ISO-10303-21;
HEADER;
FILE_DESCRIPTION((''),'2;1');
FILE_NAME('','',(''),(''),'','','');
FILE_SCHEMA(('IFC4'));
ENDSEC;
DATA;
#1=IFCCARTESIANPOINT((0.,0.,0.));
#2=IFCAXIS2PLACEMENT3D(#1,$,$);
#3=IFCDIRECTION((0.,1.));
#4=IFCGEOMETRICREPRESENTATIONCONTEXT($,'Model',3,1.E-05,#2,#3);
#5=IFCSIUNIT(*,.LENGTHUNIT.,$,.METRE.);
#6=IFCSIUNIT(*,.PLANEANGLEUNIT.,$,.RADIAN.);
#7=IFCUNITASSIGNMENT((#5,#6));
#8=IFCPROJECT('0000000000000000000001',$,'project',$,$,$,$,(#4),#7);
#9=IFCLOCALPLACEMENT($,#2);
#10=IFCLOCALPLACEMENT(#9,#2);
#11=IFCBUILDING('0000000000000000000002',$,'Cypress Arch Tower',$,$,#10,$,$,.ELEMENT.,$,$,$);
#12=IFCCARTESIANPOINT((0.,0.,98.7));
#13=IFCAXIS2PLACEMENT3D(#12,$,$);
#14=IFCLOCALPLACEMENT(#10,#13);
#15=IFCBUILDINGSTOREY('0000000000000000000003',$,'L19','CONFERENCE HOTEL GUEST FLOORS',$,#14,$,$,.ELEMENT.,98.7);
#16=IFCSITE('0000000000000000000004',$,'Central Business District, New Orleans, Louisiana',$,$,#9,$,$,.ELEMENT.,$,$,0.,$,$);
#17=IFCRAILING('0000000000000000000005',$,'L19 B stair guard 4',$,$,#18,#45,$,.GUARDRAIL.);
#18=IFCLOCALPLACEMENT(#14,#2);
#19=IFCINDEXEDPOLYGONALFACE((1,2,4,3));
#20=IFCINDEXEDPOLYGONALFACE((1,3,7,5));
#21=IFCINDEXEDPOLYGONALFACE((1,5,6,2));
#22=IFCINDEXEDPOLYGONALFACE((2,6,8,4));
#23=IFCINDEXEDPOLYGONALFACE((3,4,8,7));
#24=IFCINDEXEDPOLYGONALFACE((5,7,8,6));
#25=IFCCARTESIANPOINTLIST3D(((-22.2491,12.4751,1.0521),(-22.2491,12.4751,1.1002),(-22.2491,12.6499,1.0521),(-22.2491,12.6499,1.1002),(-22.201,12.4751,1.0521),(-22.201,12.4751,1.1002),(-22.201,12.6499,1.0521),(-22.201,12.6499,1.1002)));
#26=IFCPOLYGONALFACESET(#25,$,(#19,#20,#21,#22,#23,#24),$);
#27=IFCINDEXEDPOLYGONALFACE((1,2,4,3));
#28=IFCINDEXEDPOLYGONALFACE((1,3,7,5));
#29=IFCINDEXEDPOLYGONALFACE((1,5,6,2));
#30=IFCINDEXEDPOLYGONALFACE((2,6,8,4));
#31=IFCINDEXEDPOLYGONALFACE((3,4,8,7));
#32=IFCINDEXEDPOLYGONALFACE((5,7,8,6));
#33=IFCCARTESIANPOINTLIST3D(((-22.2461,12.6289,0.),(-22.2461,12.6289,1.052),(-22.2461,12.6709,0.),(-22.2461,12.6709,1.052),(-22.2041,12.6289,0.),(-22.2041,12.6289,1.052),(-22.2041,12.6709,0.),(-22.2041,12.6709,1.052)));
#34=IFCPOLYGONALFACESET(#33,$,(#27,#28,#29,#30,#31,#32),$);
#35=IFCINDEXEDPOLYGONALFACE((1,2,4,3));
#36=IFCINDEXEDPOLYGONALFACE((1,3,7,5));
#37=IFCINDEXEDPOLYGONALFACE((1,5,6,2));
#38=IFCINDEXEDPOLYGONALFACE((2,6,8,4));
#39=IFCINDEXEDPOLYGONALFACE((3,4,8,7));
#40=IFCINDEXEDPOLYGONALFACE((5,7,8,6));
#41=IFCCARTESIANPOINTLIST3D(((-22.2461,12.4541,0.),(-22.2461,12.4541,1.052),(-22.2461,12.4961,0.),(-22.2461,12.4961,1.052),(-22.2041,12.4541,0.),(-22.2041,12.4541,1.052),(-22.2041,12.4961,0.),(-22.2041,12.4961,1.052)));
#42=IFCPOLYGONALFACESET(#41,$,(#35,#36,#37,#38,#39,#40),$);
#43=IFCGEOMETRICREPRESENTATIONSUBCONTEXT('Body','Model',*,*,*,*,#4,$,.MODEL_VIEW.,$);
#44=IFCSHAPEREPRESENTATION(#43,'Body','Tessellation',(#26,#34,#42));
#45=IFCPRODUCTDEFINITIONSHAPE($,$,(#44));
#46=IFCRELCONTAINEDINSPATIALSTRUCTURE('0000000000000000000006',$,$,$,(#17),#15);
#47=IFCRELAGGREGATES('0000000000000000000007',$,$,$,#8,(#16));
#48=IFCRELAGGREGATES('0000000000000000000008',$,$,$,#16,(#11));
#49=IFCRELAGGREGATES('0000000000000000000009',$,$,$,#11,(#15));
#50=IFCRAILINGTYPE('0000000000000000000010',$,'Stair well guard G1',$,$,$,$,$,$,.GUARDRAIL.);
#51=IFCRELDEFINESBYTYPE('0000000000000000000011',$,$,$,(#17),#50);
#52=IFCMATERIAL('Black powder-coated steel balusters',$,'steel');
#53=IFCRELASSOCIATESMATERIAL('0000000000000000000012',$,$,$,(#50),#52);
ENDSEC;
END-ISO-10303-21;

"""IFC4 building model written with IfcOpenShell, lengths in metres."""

from ifc_helpers import new_model, si_unit, direction, frame, origin, origin_2d, place, context, subcontext, project, spatial, rectangle, extrude, material, type_object, element, save


model = new_model("IFC4")

# Units and contexts
model_context = context("Model", 3, precision=1e-05, world=origin(), true_north=direction((0.0, 1.0)))
body_context = subcontext(model_context, "Body", "Model", "MODEL_VIEW")
ifc_project = project(units=[si_unit("LENGTHUNIT", "METRE"), si_unit("PLANEANGLEUNIT", "RADIAN")], contexts=[model_context])

# Site, building, storey
site_placement = place(None, origin())
site = spatial("IfcSite", under=ifc_project, at=site_placement, Name="Central Business District, New Orleans, Louisiana", CompositionType="ELEMENT", RefElevation=0.0)
building_placement = place(site_placement, origin())
building = spatial("IfcBuilding", under=site, at=building_placement, Name="Cypress Arch Tower", CompositionType="ELEMENT")
storey_placement = place(building_placement, frame((0.0, 0.0, 98.7)))
storey = spatial("IfcBuildingStorey", under=building, at=storey_placement, Name="L19", Description="CONFERENCE HOTEL GUEST FLOORS", CompositionType="ELEMENT", Elevation=98.7)

# Railing
ifc_material_1 = material(Name="Black powder-coated steel balusters", Category="steel")
railing_type_1 = type_object("IfcRailingType", Name="Stair well guard G1", PredefinedType="GUARDRAIL", material=ifc_material_1)
railing_1_placement = place(storey_placement, frame((-22.2251, 12.6499, 0.0)))
element("IfcRailing", 1, at=railing_1_placement, inside=storey, type_object=railing_type_1, Name="L19 B stair guard 4", PredefinedType="GUARDRAIL", context=body_context, shape_type="SweptSolid", body=[
    extrude(rectangle(XDim=0.0481, YDim=0.0481, at=origin_2d()), frame((0.0, 0.0, 1.0762), z_axis=(0.0, -1.0, 0.0), x_axis=(1.0, 0.0, 0.0)), (0.0, 0.0, 1.0), 0.1748),
    extrude(rectangle(XDim=0.042, YDim=0.042, at=origin_2d()), origin(), (0.0, 0.0, 1.0), 1.052),
    extrude(rectangle(XDim=0.042, YDim=0.042, at=origin_2d()), frame((0.0, -0.1748, 0.0)), (0.0, 0.0, 1.0), 1.052),
])

save(model, "model.ifc")
